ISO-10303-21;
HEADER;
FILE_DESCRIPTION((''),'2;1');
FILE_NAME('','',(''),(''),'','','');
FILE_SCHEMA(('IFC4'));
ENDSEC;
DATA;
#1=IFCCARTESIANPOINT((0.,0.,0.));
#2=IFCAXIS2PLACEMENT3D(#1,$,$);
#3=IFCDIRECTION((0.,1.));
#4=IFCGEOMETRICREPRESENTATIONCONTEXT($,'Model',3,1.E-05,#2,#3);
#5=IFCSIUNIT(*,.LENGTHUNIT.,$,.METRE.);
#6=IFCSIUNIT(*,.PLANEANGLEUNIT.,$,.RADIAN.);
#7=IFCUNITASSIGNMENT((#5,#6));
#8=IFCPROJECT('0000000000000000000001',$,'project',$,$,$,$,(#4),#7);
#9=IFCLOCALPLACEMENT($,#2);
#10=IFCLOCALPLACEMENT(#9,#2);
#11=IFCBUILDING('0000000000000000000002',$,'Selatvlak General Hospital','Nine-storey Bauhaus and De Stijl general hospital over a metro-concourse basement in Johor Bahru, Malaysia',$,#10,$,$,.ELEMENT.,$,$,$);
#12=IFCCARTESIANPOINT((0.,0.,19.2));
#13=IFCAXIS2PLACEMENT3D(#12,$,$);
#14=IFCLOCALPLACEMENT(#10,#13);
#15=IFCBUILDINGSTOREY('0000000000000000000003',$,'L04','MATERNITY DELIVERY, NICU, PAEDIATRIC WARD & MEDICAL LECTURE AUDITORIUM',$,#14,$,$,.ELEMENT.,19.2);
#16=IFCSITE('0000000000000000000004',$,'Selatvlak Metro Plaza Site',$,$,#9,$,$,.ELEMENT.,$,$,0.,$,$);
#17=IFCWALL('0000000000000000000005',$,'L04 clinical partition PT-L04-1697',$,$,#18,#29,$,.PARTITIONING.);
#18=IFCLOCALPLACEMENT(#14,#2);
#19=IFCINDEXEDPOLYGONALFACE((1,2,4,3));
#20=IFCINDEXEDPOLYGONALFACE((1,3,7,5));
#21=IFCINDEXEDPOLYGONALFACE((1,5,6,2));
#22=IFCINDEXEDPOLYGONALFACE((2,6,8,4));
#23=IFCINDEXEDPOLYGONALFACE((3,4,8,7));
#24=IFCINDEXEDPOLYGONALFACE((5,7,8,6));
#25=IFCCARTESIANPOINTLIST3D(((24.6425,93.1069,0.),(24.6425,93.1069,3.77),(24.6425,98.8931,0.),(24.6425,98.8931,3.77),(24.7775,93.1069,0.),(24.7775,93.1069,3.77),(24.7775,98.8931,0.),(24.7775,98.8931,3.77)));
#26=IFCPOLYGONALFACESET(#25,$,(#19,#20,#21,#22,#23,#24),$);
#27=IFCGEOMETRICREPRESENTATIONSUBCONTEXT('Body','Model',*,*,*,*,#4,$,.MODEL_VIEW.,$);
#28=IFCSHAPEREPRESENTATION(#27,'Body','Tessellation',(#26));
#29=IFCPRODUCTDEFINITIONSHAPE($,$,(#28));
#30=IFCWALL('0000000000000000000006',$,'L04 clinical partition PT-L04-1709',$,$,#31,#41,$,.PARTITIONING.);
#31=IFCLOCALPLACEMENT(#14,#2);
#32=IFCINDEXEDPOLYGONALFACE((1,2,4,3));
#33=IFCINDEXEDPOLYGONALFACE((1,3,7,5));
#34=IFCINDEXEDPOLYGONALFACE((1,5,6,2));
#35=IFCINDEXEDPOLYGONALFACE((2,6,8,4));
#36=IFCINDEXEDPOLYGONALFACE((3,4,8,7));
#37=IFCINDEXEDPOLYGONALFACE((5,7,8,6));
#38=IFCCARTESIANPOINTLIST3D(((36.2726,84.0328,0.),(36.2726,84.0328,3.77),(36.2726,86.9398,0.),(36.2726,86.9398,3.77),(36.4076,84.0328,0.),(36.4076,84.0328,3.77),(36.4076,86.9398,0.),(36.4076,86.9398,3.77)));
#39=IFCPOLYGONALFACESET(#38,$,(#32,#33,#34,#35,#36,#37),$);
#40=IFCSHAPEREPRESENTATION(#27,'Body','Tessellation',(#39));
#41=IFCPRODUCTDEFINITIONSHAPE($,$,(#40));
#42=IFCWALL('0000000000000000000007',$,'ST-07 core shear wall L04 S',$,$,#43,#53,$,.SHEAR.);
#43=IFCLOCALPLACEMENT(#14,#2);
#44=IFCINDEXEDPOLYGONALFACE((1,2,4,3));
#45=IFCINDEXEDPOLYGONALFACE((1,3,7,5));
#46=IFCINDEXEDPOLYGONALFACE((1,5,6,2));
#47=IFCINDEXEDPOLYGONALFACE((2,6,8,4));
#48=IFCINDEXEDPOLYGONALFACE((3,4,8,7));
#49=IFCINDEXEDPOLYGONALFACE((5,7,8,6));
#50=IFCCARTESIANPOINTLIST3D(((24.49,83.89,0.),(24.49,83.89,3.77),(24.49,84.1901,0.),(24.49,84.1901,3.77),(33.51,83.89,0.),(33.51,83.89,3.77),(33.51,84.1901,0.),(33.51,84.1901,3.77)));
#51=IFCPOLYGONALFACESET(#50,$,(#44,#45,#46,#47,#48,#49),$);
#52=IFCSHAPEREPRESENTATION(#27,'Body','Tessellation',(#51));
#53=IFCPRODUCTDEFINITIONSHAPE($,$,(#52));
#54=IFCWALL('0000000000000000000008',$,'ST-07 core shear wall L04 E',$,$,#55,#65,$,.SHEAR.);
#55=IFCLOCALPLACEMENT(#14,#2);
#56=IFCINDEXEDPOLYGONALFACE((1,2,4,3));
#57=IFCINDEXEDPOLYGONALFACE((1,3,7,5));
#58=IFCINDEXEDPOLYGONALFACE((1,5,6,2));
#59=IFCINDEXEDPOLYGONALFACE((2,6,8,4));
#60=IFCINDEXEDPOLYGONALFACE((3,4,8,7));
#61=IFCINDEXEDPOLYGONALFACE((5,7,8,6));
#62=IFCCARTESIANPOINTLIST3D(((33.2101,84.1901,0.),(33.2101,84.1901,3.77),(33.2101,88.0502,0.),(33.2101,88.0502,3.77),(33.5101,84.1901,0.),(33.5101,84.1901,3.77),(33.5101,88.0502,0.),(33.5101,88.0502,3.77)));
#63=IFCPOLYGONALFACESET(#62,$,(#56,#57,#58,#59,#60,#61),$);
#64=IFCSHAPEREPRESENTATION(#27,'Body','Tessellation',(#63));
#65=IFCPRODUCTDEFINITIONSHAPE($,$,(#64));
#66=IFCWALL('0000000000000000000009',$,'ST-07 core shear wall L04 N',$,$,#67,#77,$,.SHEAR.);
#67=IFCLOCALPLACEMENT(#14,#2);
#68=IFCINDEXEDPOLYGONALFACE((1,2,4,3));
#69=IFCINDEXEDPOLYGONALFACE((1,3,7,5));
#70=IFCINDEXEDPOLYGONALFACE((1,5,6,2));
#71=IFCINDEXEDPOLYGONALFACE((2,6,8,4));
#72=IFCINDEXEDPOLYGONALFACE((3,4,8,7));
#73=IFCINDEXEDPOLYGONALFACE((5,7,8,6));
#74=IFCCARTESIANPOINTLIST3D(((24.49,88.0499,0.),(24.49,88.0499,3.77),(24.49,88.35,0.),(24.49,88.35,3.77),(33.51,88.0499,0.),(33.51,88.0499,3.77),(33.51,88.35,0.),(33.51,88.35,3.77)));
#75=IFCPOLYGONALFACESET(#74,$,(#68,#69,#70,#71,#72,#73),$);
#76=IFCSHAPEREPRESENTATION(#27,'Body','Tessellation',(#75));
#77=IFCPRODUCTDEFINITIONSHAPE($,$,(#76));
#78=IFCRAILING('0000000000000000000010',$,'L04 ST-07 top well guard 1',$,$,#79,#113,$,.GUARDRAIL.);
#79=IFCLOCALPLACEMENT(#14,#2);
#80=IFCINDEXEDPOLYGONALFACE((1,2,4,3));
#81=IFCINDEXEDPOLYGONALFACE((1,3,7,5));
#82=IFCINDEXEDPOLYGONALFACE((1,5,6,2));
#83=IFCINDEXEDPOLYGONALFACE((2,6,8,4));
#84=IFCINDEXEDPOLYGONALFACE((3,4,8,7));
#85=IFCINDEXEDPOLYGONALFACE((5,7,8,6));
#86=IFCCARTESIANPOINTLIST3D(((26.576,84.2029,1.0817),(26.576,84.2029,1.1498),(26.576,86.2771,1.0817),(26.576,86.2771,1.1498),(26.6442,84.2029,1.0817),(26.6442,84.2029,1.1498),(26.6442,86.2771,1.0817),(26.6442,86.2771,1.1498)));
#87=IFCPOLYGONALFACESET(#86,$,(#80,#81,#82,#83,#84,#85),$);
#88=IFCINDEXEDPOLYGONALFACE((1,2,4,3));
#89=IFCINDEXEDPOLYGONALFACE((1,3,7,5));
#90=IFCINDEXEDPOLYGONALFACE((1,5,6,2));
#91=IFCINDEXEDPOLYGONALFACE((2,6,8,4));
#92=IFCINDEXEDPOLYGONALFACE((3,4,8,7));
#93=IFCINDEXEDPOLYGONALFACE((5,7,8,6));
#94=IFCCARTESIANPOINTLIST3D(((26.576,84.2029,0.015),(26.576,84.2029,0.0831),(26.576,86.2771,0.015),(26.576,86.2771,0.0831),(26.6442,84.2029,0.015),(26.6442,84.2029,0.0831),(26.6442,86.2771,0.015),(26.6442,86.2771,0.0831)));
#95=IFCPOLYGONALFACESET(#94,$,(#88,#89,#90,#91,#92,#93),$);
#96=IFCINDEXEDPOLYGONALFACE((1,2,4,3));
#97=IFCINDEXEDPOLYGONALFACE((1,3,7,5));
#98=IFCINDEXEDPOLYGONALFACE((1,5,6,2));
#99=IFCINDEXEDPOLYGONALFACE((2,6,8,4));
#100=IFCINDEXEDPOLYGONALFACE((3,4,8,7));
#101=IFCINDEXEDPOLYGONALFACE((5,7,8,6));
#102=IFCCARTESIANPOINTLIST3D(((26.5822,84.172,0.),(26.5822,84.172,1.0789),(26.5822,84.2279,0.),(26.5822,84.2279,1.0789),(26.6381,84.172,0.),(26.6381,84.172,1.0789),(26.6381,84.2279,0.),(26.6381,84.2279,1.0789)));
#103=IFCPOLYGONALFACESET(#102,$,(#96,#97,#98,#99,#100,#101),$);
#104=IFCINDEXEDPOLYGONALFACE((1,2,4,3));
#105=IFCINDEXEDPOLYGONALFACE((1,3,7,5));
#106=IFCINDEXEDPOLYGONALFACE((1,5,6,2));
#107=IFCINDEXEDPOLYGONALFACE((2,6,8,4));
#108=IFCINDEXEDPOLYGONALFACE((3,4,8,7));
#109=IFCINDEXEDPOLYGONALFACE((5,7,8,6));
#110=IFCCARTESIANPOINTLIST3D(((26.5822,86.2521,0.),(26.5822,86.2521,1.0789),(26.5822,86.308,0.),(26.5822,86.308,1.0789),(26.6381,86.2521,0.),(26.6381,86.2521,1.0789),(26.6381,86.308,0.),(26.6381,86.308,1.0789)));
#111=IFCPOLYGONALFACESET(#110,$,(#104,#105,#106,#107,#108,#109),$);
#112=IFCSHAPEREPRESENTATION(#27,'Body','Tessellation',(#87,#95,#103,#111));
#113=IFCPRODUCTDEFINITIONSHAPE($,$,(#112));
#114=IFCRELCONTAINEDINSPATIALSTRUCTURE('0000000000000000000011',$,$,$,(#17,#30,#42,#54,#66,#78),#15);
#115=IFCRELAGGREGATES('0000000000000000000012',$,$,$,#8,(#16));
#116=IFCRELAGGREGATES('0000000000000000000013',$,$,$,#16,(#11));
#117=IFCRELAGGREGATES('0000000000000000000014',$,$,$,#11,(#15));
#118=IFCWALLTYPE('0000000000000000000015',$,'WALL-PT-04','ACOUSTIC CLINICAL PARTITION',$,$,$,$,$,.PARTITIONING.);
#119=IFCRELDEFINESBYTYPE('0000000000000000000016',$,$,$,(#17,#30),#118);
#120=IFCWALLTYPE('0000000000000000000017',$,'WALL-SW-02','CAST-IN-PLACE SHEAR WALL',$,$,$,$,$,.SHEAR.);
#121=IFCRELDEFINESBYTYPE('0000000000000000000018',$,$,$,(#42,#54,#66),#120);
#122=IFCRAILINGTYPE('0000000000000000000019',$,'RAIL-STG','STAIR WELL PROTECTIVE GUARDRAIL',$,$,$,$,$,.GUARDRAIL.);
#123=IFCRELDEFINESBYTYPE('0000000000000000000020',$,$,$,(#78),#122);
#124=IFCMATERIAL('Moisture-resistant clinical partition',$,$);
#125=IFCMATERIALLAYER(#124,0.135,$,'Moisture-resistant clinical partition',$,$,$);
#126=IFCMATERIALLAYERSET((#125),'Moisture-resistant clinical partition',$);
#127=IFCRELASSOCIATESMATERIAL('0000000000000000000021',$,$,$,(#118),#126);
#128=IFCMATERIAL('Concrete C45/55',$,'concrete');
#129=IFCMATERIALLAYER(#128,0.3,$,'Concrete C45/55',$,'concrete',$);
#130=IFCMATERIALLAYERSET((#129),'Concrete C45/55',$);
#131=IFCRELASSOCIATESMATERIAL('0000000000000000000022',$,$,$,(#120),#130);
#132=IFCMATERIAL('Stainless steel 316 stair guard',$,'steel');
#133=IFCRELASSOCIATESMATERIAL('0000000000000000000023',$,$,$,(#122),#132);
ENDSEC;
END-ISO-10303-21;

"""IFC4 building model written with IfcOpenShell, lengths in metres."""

from ifc_helpers import new_model, si_unit, direction, frame, frame_2d, origin, origin_2d, place, context, subcontext, project, spatial, rectangle, extrude, material, layer, layer_set, type_object, element, save


model = new_model("IFC4")

# Units and contexts
model_context = context("Model", 3, precision=1e-05, world=origin(), true_north=direction((0.0, 1.0)))
body_context = subcontext(model_context, "Body", "Model", "MODEL_VIEW")
ifc_project = project(units=[si_unit("LENGTHUNIT", "METRE"), si_unit("PLANEANGLEUNIT", "RADIAN")], contexts=[model_context])

# Site, building, storey
site_placement = place(None, origin())
site = spatial("IfcSite", under=ifc_project, at=site_placement, Name="Selatvlak Metro Plaza Site", CompositionType="ELEMENT", RefElevation=0.0)
building_placement = place(site_placement, origin())
building = spatial("IfcBuilding", under=site, at=building_placement, Name="Selatvlak General Hospital", Description="Nine-storey Bauhaus and De Stijl general hospital over a metro-concourse basement in Johor Bahru, Malaysia", CompositionType="ELEMENT")
storey_placement = place(building_placement, frame((0.0, 0.0, 19.2)))
storey = spatial("IfcBuildingStorey", under=building, at=storey_placement, Name="L04", Description="MATERNITY DELIVERY, NICU, PAEDIATRIC WARD & MEDICAL LECTURE AUDITORIUM", CompositionType="ELEMENT", Elevation=19.2)

# Walls
ifc_material_1 = material(Name="Moisture-resistant clinical partition")
ifc_layer_1 = layer(ifc_material_1, 0.135, Name="Moisture-resistant clinical partition")
ifc_layer_set_1 = layer_set([ifc_layer_1], Name="Moisture-resistant clinical partition")
wall_type_1 = type_object("IfcWallType", Name="WALL-PT-04", Description="ACOUSTIC CLINICAL PARTITION", PredefinedType="PARTITIONING", material=ifc_layer_set_1)
wall_1_placement = place(storey_placement, frame((24.71, 93.1069, 0.0), z_axis=(0.0, 0.0, 1.0), x_axis=(0.0, 1.0, 0.0)))
element("IfcWall", 1, at=wall_1_placement, inside=storey, type_object=wall_type_1, Name="L04 clinical partition PT-L04-1697", PredefinedType="PARTITIONING", context=body_context, shape_type="SweptSolid", body=[
    extrude(rectangle(XDim=5.7861, YDim=0.135, at=frame_2d((2.8931, 0.0))), origin(), (0.0, 0.0, 1.0), 3.77),
])
wall_2_placement = place(storey_placement, frame((36.3401, 86.9399, 0.0), z_axis=(0.0, 0.0, 1.0), x_axis=(0.0, -1.0, 0.0)))
element("IfcWall", 2, at=wall_2_placement, inside=storey, type_object=wall_type_1, Name="L04 clinical partition PT-L04-1709", PredefinedType="PARTITIONING", context=body_context, shape_type="SweptSolid", body=[
    extrude(rectangle(XDim=2.907, YDim=0.135, at=frame_2d((1.4536, 0.0))), origin(), (0.0, 0.0, 1.0), 3.77),
])
ifc_material_2 = material(Name="Concrete C45/55", Category="concrete")
ifc_layer_2 = layer(ifc_material_2, 0.3, Name="Concrete C45/55", Category="concrete")
ifc_layer_set_2 = layer_set([ifc_layer_2], Name="Concrete C45/55")
wall_type_2 = type_object("IfcWallType", Name="WALL-SW-02", Description="CAST-IN-PLACE SHEAR WALL", PredefinedType="SHEAR", material=ifc_layer_set_2)
wall_3_placement = place(storey_placement, frame((24.49, 84.04, 0.0), z_axis=(0.0, 0.0, 1.0), x_axis=(1.0, 0.0, 0.0)))
element("IfcWall", 3, at=wall_3_placement, inside=storey, type_object=wall_type_2, Name="ST-07 core shear wall L04 S", PredefinedType="SHEAR", context=body_context, shape_type="SweptSolid", body=[
    extrude(rectangle(XDim=9.02, YDim=0.3, at=frame_2d((4.51, 0.0))), origin(), (0.0, 0.0, 1.0), 3.77),
])
wall_4_placement = place(storey_placement, frame((33.3601, 84.1899, 0.0), z_axis=(0.0, 0.0, 1.0), x_axis=(0.0, 1.0, 0.0)))
element("IfcWall", 4, at=wall_4_placement, inside=storey, type_object=wall_type_2, Name="ST-07 core shear wall L04 E", PredefinedType="SHEAR", context=body_context, shape_type="SweptSolid", body=[
    extrude(rectangle(XDim=3.8601, YDim=0.3, at=frame_2d((1.9302, 0.0))), origin(), (0.0, 0.0, 1.0), 3.77),
])
wall_5_placement = place(storey_placement, frame((33.51, 88.2, 0.0), z_axis=(0.0, 0.0, 1.0), x_axis=(-1.0, 0.0, 0.0)))
element("IfcWall", 5, at=wall_5_placement, inside=storey, type_object=wall_type_2, Name="ST-07 core shear wall L04 N", PredefinedType="SHEAR", context=body_context, shape_type="SweptSolid", body=[
    extrude(rectangle(XDim=9.02, YDim=0.3, at=frame_2d((4.51, 0.0))), origin(), (0.0, 0.0, 1.0), 3.77),
])

# Railing
ifc_material_3 = material(Name="Stainless steel 316 stair guard", Category="steel")
railing_type = type_object("IfcRailingType", Name="RAIL-STG", Description="STAIR WELL PROTECTIVE GUARDRAIL", PredefinedType="GUARDRAIL", material=ifc_material_3)
railing_1_placement = place(storey_placement, frame((26.6101, 84.2, 0.0)))
element("IfcRailing", 6, at=railing_1_placement, inside=storey, type_object=railing_type, Name="L04 ST-07 top well guard 1", PredefinedType="GUARDRAIL", context=body_context, shape_type="SweptSolid", body=[
    extrude(rectangle(XDim=0.0681, YDim=0.0681, at=origin_2d()), frame((0.0, 0.0029, 1.1157), z_axis=(0.0, 1.0, 0.0), x_axis=(-1.0, 0.0, 0.0)), (0.0, 0.0, 1.0), 2.0742),
    extrude(rectangle(XDim=0.0681, YDim=0.0681, at=origin_2d()), frame((0.0, 0.0029, 0.0491), z_axis=(0.0, 1.0, 0.0), x_axis=(-1.0, 0.0, 0.0)), (0.0, 0.0, 1.0), 2.0742),
    extrude(rectangle(XDim=0.0559, YDim=0.0559, at=origin_2d()), origin(), (0.0, 0.0, 1.0), 1.0789),
    extrude(rectangle(XDim=0.0559, YDim=0.0559, at=origin_2d()), frame((0.0, 2.0801, 0.0)), (0.0, 0.0, 1.0), 1.0789),
])

save(model, "model.ifc")
